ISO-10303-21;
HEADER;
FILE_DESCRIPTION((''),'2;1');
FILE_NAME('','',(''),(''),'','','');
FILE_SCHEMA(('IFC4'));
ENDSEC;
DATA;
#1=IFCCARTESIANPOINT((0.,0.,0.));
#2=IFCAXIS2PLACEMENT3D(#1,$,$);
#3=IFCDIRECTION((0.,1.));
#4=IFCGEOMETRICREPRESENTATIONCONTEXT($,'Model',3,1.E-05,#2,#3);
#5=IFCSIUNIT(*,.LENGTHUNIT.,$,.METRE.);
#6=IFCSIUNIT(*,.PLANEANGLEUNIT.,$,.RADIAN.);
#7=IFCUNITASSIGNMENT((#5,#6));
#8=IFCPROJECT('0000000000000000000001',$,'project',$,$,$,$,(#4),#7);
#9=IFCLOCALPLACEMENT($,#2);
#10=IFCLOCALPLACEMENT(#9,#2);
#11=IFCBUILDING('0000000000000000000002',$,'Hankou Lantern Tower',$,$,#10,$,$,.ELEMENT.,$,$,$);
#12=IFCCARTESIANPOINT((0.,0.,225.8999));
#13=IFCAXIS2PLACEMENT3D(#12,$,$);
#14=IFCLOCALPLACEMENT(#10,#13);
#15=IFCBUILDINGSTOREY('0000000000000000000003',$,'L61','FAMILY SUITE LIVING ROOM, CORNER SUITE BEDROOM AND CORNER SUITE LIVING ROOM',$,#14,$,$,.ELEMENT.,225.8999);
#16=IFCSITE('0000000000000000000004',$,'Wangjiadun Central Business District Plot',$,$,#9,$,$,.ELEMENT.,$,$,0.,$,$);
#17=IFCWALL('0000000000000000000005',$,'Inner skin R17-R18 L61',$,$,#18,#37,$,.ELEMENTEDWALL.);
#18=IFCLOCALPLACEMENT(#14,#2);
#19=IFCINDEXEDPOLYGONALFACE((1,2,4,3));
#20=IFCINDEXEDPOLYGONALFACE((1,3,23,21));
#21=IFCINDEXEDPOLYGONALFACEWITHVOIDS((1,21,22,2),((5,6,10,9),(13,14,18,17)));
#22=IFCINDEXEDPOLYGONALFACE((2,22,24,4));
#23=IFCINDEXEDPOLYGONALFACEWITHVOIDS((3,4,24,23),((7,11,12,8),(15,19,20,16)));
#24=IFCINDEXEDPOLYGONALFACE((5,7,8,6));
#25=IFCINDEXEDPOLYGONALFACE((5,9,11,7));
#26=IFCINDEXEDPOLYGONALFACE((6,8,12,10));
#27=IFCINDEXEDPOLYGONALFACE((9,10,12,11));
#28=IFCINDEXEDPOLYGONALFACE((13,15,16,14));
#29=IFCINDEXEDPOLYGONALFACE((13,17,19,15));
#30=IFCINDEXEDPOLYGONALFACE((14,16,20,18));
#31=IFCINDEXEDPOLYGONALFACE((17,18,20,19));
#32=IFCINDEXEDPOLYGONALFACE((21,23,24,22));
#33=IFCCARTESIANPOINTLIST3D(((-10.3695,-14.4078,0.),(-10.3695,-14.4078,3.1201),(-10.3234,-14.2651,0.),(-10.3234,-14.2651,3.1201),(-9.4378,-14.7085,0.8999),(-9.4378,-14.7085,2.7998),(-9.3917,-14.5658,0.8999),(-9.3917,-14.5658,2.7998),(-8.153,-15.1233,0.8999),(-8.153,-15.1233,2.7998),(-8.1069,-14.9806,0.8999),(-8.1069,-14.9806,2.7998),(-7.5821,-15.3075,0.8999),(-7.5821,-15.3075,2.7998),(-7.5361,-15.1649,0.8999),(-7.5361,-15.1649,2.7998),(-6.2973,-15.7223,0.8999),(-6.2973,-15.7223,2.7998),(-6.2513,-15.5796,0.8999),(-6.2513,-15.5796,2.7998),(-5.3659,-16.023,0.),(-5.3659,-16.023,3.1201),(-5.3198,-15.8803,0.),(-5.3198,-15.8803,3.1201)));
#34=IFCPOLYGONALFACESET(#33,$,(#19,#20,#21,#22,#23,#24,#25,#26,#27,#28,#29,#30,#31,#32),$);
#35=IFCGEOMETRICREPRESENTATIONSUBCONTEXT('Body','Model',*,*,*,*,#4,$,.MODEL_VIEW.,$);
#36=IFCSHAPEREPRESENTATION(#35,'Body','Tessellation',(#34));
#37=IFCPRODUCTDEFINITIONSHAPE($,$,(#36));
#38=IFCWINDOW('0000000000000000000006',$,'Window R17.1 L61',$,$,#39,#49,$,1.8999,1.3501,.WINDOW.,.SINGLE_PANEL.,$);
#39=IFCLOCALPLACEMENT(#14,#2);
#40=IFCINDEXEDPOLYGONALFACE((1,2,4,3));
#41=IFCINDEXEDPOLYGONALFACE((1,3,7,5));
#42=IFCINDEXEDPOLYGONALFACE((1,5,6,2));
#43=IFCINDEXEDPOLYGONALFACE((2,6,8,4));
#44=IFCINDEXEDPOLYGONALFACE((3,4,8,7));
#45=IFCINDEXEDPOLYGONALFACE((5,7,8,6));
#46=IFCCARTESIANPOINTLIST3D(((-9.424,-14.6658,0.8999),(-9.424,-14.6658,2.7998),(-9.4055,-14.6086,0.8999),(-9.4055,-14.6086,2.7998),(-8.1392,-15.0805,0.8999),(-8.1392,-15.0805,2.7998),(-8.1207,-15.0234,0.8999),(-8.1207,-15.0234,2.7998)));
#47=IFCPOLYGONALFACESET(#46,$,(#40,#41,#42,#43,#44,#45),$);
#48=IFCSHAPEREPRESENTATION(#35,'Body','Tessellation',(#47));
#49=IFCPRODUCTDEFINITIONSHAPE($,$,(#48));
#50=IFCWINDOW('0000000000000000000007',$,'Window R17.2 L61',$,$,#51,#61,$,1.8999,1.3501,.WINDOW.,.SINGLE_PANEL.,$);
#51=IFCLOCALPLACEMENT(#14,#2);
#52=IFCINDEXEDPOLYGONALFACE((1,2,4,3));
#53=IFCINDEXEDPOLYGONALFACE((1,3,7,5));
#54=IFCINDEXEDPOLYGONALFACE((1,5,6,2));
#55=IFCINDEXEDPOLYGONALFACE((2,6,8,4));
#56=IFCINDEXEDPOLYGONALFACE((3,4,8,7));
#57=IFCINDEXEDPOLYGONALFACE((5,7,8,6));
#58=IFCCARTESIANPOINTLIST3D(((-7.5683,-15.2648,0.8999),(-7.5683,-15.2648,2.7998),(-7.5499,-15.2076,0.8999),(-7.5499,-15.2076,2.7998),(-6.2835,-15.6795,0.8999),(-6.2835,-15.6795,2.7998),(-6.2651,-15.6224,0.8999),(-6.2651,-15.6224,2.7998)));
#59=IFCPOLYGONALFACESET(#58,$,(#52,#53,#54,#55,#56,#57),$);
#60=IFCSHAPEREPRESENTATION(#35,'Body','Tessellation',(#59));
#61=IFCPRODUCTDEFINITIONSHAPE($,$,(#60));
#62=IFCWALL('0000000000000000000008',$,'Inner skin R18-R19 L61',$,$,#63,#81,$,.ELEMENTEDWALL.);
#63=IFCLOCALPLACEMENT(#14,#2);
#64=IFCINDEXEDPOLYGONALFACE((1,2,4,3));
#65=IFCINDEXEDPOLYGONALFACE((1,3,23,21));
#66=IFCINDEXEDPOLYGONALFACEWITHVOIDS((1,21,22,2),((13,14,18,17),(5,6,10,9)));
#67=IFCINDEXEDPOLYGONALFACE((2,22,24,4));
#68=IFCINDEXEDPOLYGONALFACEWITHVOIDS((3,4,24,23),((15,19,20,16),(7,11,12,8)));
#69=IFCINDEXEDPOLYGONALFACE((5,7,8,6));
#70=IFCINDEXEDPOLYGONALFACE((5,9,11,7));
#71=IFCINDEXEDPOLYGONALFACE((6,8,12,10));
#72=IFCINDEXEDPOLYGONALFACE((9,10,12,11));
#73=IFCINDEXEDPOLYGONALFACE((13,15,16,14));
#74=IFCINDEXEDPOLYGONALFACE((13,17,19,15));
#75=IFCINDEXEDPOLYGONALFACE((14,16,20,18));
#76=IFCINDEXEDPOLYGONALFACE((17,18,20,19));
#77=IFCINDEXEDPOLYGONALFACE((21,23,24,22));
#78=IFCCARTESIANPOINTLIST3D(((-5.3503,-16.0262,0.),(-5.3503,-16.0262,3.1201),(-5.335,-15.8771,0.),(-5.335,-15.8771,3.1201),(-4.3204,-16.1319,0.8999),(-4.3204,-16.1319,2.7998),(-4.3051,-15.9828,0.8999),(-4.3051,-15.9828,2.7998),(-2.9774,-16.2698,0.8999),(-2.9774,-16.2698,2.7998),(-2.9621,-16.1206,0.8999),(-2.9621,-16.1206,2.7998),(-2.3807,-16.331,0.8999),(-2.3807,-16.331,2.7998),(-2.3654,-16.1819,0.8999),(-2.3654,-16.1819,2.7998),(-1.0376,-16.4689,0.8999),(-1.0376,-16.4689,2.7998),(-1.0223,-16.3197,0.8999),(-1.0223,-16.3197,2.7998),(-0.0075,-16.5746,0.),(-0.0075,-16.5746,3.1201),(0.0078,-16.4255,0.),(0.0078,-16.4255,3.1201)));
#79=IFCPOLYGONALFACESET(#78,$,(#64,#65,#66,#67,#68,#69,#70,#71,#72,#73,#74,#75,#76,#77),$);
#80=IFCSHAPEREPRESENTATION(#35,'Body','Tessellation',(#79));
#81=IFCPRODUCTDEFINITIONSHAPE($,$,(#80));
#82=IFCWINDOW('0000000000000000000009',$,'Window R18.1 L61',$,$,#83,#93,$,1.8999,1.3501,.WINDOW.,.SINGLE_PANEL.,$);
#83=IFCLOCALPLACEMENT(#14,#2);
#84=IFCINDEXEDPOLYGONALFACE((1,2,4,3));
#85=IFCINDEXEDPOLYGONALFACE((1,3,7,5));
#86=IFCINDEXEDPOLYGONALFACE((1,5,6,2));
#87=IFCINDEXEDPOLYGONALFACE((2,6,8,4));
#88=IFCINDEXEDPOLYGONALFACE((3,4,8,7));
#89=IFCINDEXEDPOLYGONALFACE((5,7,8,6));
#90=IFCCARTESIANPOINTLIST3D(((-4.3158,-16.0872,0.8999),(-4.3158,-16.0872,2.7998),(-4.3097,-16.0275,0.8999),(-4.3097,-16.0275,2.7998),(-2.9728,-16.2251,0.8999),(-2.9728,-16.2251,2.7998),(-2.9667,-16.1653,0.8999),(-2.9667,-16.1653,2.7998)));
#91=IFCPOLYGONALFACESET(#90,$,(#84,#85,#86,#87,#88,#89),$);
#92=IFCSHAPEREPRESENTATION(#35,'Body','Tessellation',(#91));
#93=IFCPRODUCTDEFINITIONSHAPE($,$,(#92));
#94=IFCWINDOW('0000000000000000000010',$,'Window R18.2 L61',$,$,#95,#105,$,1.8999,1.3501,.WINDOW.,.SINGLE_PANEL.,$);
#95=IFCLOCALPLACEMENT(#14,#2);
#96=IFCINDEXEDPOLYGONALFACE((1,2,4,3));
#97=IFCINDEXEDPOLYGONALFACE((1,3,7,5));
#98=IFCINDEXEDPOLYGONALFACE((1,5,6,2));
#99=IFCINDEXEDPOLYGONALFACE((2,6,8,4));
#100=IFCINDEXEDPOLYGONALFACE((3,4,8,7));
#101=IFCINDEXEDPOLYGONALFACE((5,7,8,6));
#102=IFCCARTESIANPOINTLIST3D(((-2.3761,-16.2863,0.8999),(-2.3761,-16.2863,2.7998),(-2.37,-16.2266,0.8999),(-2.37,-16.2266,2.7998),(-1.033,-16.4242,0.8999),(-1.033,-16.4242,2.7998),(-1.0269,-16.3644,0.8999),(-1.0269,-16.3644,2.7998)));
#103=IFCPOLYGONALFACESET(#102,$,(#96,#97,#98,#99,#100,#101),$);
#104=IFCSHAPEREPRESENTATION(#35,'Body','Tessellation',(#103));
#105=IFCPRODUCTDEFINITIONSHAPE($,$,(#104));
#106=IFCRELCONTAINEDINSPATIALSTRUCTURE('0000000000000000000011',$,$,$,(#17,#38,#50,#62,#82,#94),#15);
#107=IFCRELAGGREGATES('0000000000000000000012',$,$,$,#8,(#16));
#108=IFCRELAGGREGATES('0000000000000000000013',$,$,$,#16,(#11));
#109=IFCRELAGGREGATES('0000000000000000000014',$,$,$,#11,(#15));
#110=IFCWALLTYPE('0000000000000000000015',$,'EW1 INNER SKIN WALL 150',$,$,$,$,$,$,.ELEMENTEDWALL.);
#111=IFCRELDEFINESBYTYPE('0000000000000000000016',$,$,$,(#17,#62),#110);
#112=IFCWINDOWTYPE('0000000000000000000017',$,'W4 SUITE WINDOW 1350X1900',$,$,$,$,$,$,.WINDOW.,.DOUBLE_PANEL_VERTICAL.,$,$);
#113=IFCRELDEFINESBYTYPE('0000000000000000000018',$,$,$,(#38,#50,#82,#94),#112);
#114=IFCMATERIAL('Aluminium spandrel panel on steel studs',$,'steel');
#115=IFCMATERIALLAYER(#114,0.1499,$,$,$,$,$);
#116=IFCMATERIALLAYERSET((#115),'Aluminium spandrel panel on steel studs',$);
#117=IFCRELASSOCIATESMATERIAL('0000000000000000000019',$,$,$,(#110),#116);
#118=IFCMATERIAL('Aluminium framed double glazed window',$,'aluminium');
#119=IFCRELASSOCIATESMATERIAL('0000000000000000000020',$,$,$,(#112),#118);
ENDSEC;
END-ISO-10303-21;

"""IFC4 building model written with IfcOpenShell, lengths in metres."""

from ifc_helpers import new_model, si_unit, direction, frame, frame_2d, origin, place, context, subcontext, project, spatial, rectangle, extrude, material, layer, layer_set, type_object, element, fill, save


model = new_model("IFC4")

# Units and contexts
model_context = context("Model", 3, precision=1e-05, world=origin(), true_north=direction((0.0, 1.0)))
body_context = subcontext(model_context, "Body", "Model", "MODEL_VIEW")
ifc_project = project(units=[si_unit("LENGTHUNIT", "METRE"), si_unit("PLANEANGLEUNIT", "RADIAN")], contexts=[model_context])

# Site, building, storey
site_placement = place(None, origin())
site = spatial("IfcSite", under=ifc_project, at=site_placement, Name="Wangjiadun Central Business District Plot", CompositionType="ELEMENT", RefElevation=0.0)
building_placement = place(site_placement, origin())
building = spatial("IfcBuilding", under=site, at=building_placement, Name="Hankou Lantern Tower", CompositionType="ELEMENT")
storey_placement = place(building_placement, frame((0.0, 0.0, 225.8999)))
storey = spatial("IfcBuildingStorey", under=building, at=storey_placement, Name="L61", Description="FAMILY SUITE LIVING ROOM, CORNER SUITE BEDROOM AND CORNER SUITE LIVING ROOM", CompositionType="ELEMENT", Elevation=225.8999)

# Walls, openings, windows
ifc_material_1 = material(Name="Aluminium spandrel panel on steel studs", Category="steel")
ifc_layer_1 = layer(ifc_material_1, 0.1499)
ifc_layer_set_1 = layer_set([ifc_layer_1], Name="Aluminium spandrel panel on steel studs")
wall_type_1 = type_object("IfcWallType", Name="EW1 INNER SKIN WALL 150", PredefinedType="ELEMENTEDWALL", material=ifc_layer_set_1)
wall_1_placement = place(storey_placement, frame((-10.3464, -14.3364, 0.0), z_axis=(0.0, 0.0, 1.0), x_axis=(0.951645, -0.307201, 0.0)))
wall_1 = element("IfcWall", 1, at=wall_1_placement, inside=storey, type_object=wall_type_1, Name="Inner skin R17-R18 L61", PredefinedType="ELEMENTEDWALL", context=body_context, shape_type="SweptSolid", body=[
    extrude(rectangle(XDim=5.2578, YDim=0.1499, at=frame_2d((2.6289, 0.0))), origin(), (0.0, 0.0, 1.0), 3.1201),
])
opening_1_placement = place(wall_1_placement, frame((0.979, 0.0, 0.8999)))
opening_1 = element("IfcOpeningElement", 2, at=opening_1_placement, cuts=wall_1, PredefinedType="OPENING", context=body_context, shape_type="SweptSolid", body=[
    extrude(rectangle(XDim=1.3501, YDim=1.8999, at=frame_2d((0.675, 0.95))), frame((0.0, 0.085, 0.0), z_axis=(0.0, -1.0, 0.0), x_axis=(1.0, 0.0, 0.0)), (0.0, 0.0, 1.0), 0.1699),
])
opening_2_placement = place(wall_1_placement, frame((2.929, 0.0, 0.8999)))
opening_2 = element("IfcOpeningElement", 3, at=opening_2_placement, cuts=wall_1, PredefinedType="OPENING", context=body_context, shape_type="SweptSolid", body=[
    extrude(rectangle(XDim=1.3501, YDim=1.8999, at=frame_2d((0.675, 0.95))), frame((0.0, 0.085, 0.0), z_axis=(0.0, -1.0, 0.0), x_axis=(1.0, 0.0, 0.0)), (0.0, 0.0, 1.0), 0.1699),
])
ifc_material_2 = material(Name="Aluminium framed double glazed window", Category="aluminium")
window_type = type_object("IfcWindowType", Name="W4 SUITE WINDOW 1350X1900", PartitioningType="DOUBLE_PANEL_VERTICAL", PredefinedType="WINDOW", material=ifc_material_2)
window_1_placement = place(opening_1_placement, origin())
window_1 = element("IfcWindow", 4, at=window_1_placement, inside=storey, type_object=window_type, Name="Window R17.1 L61", OverallHeight=1.8999, OverallWidth=1.3501, PartitioningType="SINGLE_PANEL", PredefinedType="WINDOW", context=body_context, shape_type="SweptSolid", body=[
    extrude(rectangle(XDim=1.3501, YDim=1.8999, at=frame_2d((0.675, 0.95))), frame((0.0, 0.03, 0.0), z_axis=(0.0, -1.0, 0.0), x_axis=(1.0, 0.0, 0.0)), (0.0, 0.0, 1.0), 0.0601),
])
fill(opening_1, window_1)
window_2_placement = place(opening_2_placement, origin())
window_2 = element("IfcWindow", 5, at=window_2_placement, inside=storey, type_object=window_type, Name="Window R17.2 L61", OverallHeight=1.8999, OverallWidth=1.3501, PartitioningType="SINGLE_PANEL", PredefinedType="WINDOW", context=body_context, shape_type="SweptSolid", body=[
    extrude(rectangle(XDim=1.3501, YDim=1.8999, at=frame_2d((0.675, 0.95))), frame((0.0, 0.03, 0.0), z_axis=(0.0, -1.0, 0.0), x_axis=(1.0, 0.0, 0.0)), (0.0, 0.0, 1.0), 0.0601),
])
fill(opening_2, window_2)
wall_2_placement = place(storey_placement, frame((-5.3428, -15.9517, 0.0), z_axis=(0.0, 0.0, 1.0), x_axis=(0.994775, -0.102096, 0.0)))
wall_2 = element("IfcWall", 6, at=wall_2_placement, inside=storey, type_object=wall_type_1, Name="Inner skin R18-R19 L61", PredefinedType="ELEMENTEDWALL", context=body_context, shape_type="SweptSolid", body=[
    extrude(rectangle(XDim=5.3708, YDim=0.1499, at=frame_2d((2.6855, 0.0))), origin(), (0.0, 0.0, 1.0), 3.1201),
])
opening_3_placement = place(wall_2_placement, frame((1.0354, 0.0, 0.8999)))
opening_3 = element("IfcOpeningElement", 7, at=opening_3_placement, cuts=wall_2, PredefinedType="OPENING", context=body_context, shape_type="SweptSolid", body=[
    extrude(rectangle(XDim=1.3501, YDim=1.8999, at=frame_2d((0.675, 0.95))), frame((0.0, 0.085, 0.0), z_axis=(0.0, -1.0, 0.0), x_axis=(1.0, 0.0, 0.0)), (0.0, 0.0, 1.0), 0.1699),
])
opening_4_placement = place(wall_2_placement, frame((2.9854, 0.0, 0.8999)))
opening_4 = element("IfcOpeningElement", 8, at=opening_4_placement, cuts=wall_2, PredefinedType="OPENING", context=body_context, shape_type="SweptSolid", body=[
    extrude(rectangle(XDim=1.3501, YDim=1.8999, at=frame_2d((0.675, 0.95))), frame((0.0, 0.085, 0.0), z_axis=(0.0, -1.0, 0.0), x_axis=(1.0, 0.0, 0.0)), (0.0, 0.0, 1.0), 0.1699),
])
window_3_placement = place(opening_3_placement, origin())
window_3 = element("IfcWindow", 9, at=window_3_placement, inside=storey, type_object=window_type, Name="Window R18.1 L61", OverallHeight=1.8999, OverallWidth=1.3501, PartitioningType="SINGLE_PANEL", PredefinedType="WINDOW", context=body_context, shape_type="SweptSolid", body=[
    extrude(rectangle(XDim=1.3501, YDim=1.8999, at=frame_2d((0.675, 0.95))), frame((0.0, 0.03, 0.0), z_axis=(0.0, -1.0, 0.0), x_axis=(1.0, 0.0, 0.0)), (0.0, 0.0, 1.0), 0.0601),
])
fill(opening_3, window_3)
window_4_placement = place(opening_4_placement, origin())
window_4 = element("IfcWindow", 10, at=window_4_placement, inside=storey, type_object=window_type, Name="Window R18.2 L61", OverallHeight=1.8999, OverallWidth=1.3501, PartitioningType="SINGLE_PANEL", PredefinedType="WINDOW", context=body_context, shape_type="SweptSolid", body=[
    extrude(rectangle(XDim=1.3501, YDim=1.8999, at=frame_2d((0.675, 0.95))), frame((0.0, 0.03, 0.0), z_axis=(0.0, -1.0, 0.0), x_axis=(1.0, 0.0, 0.0)), (0.0, 0.0, 1.0), 0.0601),
])
fill(opening_4, window_4)

save(model, "model.ifc")
